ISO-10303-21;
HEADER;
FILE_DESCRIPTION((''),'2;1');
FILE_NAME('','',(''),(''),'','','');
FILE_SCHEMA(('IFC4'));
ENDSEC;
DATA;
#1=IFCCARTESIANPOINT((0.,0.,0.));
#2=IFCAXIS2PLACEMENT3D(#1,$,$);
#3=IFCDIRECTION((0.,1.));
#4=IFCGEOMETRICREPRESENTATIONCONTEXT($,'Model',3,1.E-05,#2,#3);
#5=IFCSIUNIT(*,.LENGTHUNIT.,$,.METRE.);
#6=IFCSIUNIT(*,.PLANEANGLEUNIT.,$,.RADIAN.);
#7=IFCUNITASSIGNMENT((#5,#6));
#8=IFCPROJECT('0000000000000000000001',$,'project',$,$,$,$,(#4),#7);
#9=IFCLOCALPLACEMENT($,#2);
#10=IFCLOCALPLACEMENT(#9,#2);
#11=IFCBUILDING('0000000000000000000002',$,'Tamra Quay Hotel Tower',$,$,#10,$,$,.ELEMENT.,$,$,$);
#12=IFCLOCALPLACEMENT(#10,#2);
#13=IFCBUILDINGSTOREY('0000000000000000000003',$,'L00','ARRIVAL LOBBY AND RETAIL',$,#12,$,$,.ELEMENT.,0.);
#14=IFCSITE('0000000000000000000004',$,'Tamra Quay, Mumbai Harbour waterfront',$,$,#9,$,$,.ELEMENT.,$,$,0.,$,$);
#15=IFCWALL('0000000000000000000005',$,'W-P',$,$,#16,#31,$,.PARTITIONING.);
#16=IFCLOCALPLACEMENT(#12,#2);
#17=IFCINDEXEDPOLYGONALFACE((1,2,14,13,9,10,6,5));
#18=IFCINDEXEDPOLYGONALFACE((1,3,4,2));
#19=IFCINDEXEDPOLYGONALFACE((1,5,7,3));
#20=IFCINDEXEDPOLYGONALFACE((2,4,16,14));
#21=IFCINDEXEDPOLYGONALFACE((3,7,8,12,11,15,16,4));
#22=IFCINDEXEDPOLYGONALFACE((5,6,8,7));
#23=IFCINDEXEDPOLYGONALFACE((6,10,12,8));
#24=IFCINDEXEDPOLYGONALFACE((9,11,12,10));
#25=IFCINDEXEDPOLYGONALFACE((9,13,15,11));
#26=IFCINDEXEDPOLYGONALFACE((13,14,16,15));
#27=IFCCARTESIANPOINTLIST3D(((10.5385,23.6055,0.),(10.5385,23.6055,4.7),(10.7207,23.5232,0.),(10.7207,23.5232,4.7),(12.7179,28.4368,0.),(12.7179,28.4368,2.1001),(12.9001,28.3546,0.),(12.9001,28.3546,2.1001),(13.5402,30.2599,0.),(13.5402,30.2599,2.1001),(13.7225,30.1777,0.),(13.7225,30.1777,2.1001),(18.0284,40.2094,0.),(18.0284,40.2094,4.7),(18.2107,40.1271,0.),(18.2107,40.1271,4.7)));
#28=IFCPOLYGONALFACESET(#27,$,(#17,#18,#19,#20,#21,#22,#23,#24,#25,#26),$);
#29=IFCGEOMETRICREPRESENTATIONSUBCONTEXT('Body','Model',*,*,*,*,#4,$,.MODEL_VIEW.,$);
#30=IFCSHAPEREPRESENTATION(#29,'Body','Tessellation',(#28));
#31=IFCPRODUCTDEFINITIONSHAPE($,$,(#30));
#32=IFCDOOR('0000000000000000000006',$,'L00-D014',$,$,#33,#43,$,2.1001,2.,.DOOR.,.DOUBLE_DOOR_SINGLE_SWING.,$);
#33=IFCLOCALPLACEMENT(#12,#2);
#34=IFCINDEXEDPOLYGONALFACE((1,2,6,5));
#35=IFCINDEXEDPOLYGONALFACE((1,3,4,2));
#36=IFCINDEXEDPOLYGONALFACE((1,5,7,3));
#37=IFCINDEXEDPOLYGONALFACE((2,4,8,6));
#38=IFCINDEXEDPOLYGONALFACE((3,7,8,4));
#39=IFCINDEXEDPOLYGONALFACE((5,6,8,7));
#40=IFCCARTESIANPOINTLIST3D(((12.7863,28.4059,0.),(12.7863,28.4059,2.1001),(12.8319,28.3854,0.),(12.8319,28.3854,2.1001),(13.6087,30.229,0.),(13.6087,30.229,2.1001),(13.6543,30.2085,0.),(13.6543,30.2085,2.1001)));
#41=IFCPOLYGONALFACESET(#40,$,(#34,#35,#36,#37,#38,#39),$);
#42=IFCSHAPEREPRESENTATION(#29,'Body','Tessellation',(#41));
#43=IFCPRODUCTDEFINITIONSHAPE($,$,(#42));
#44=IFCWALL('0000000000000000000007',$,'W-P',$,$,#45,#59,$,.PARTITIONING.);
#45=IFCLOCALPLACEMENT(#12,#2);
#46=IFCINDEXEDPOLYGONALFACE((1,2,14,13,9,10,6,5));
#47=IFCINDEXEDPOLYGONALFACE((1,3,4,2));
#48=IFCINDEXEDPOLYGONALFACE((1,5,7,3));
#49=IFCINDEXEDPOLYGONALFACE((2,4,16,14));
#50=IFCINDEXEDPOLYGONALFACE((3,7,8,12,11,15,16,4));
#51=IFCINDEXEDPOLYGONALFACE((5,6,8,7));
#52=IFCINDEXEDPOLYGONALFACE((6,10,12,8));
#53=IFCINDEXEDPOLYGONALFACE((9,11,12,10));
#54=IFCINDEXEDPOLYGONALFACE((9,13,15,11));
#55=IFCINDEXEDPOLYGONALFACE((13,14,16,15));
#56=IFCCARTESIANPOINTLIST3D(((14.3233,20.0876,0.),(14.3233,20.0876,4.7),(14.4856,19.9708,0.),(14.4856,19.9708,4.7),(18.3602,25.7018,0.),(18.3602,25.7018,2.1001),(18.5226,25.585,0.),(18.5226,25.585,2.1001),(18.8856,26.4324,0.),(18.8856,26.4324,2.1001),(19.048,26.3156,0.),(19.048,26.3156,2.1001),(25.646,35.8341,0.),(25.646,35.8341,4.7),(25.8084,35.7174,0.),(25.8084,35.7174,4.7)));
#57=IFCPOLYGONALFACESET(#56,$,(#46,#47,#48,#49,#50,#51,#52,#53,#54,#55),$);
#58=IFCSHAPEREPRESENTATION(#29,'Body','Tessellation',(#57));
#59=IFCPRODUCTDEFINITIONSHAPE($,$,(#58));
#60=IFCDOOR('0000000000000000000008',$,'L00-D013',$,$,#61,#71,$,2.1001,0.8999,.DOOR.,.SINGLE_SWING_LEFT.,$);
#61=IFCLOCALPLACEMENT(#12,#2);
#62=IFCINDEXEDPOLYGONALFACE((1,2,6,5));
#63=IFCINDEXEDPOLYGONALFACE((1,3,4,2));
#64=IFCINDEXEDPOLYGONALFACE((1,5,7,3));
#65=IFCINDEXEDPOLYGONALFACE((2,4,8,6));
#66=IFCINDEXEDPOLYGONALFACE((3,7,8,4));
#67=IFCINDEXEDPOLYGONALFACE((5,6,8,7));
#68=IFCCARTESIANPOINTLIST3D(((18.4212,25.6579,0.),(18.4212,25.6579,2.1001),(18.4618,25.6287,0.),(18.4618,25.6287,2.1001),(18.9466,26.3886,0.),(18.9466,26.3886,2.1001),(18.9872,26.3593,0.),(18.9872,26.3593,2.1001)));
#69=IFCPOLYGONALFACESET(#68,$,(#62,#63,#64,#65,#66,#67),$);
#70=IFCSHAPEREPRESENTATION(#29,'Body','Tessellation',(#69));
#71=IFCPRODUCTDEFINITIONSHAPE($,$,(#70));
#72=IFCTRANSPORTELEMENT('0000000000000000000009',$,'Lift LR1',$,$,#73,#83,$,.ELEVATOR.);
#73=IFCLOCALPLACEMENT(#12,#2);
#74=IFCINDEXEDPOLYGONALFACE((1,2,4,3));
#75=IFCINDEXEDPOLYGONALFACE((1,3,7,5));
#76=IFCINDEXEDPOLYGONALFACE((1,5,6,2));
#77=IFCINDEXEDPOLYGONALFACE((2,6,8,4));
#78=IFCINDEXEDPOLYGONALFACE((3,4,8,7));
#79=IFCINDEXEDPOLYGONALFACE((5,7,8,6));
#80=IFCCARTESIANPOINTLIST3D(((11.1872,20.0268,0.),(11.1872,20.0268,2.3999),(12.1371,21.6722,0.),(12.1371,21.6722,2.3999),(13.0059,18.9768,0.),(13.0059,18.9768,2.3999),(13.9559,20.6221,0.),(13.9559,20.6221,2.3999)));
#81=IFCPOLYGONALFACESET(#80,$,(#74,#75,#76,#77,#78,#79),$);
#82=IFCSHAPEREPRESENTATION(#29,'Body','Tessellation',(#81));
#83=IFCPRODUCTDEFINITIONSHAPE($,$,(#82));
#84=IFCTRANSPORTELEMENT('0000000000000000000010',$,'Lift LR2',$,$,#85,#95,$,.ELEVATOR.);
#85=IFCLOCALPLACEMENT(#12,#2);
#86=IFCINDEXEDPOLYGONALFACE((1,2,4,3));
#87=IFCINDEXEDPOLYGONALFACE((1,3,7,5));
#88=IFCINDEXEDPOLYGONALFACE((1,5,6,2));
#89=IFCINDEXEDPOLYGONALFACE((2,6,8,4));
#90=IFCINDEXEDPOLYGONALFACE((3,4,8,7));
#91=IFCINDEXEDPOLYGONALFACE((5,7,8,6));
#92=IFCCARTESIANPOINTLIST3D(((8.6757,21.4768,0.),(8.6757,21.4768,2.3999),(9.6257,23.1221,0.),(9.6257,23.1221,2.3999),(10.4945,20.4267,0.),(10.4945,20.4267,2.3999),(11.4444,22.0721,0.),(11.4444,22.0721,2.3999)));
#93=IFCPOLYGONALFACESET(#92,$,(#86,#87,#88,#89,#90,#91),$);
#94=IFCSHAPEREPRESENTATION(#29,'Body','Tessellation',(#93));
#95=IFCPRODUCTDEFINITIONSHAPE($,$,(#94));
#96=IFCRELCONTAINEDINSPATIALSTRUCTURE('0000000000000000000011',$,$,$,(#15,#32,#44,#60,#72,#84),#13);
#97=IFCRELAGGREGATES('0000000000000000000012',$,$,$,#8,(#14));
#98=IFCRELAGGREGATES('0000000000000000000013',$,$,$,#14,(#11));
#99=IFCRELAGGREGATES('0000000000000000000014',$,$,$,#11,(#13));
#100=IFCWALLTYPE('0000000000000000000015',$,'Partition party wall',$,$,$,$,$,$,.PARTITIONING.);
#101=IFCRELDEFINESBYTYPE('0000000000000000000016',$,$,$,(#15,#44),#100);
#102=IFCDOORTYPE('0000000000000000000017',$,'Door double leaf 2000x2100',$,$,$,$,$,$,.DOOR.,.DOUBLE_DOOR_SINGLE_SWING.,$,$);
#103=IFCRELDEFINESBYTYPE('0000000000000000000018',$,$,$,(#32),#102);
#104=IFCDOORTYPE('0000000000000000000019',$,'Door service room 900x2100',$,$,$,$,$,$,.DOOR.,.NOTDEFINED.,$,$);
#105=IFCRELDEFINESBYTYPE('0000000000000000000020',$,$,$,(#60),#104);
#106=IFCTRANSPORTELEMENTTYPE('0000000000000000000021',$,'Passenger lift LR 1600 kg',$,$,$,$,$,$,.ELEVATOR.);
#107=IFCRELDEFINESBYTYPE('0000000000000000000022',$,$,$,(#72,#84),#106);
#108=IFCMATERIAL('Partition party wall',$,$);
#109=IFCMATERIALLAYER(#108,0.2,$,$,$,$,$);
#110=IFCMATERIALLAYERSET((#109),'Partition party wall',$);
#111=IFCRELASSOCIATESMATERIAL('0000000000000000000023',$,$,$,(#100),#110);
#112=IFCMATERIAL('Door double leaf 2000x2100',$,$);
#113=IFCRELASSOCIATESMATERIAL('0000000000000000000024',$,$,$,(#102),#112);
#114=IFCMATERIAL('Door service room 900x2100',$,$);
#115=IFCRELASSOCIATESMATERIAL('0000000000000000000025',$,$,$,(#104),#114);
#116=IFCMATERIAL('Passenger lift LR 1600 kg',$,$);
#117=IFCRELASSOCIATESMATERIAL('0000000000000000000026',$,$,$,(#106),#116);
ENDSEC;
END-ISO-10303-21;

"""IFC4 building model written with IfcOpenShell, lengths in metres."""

from ifc_helpers import new_model, si_unit, direction, frame, frame_2d, origin, origin_2d, place, context, subcontext, project, spatial, rectangle, extrude, material, layer, layer_set, type_object, element, fill, save


model = new_model("IFC4")

# Units and contexts
model_context = context("Model", 3, precision=1e-05, world=origin(), true_north=direction((0.0, 1.0)))
body_context = subcontext(model_context, "Body", "Model", "MODEL_VIEW")
ifc_project = project(units=[si_unit("LENGTHUNIT", "METRE"), si_unit("PLANEANGLEUNIT", "RADIAN")], contexts=[model_context])

# Site, building, storey
site_placement = place(None, origin())
site = spatial("IfcSite", under=ifc_project, at=site_placement, Name="Tamra Quay, Mumbai Harbour waterfront", CompositionType="ELEMENT", RefElevation=0.0)
building_placement = place(site_placement, origin())
building = spatial("IfcBuilding", under=site, at=building_placement, Name="Tamra Quay Hotel Tower", CompositionType="ELEMENT")
storey_placement = place(building_placement, origin())
storey = spatial("IfcBuildingStorey", under=building, at=storey_placement, Name="L00", Description="ARRIVAL LOBBY AND RETAIL", CompositionType="ELEMENT", Elevation=0.0)

# Walls, openings, doors
ifc_material_1 = material(Name="Partition party wall")
ifc_layer_1 = layer(ifc_material_1, 0.2)
ifc_layer_set_1 = layer_set([ifc_layer_1], Name="Partition party wall")
wall_type_1 = type_object("IfcWallType", Name="Partition party wall", PredefinedType="PARTITIONING", material=ifc_layer_set_1)
wall_1_placement = place(storey_placement, frame((10.6296, 23.5645, 0.0), z_axis=(0.0, 0.0, 1.0), x_axis=(0.411195, 0.911547, 0.0)))
wall_1 = element("IfcWall", 1, at=wall_1_placement, inside=storey, type_object=wall_type_1, Name="W-P", PredefinedType="PARTITIONING", context=body_context, shape_type="SweptSolid", body=[
    extrude(rectangle(XDim=18.2151, YDim=0.2, at=frame_2d((9.1074, 0.0))), origin(), (0.0, 0.0, 1.0), 4.7),
])
opening_1_placement = place(wall_1_placement, frame((5.3, 0.0, 0.0)))
opening_1 = element("IfcOpeningElement", 2, at=opening_1_placement, cuts=wall_1, PredefinedType="OPENING", context=body_context, shape_type="SweptSolid", body=[
    extrude(rectangle(XDim=2.0, YDim=2.1001, at=frame_2d((1.0, 1.05))), frame((0.0, 0.1099, 0.0), z_axis=(0.0, -1.0, 0.0), x_axis=(1.0, 0.0, 0.0)), (0.0, 0.0, 1.0), 0.22),
])
ifc_material_2 = material(Name="Door double leaf 2000x2100")
door_type_1 = type_object("IfcDoorType", Name="Door double leaf 2000x2100", OperationType="DOUBLE_DOOR_SINGLE_SWING", PredefinedType="DOOR", material=ifc_material_2)
door_1_placement = place(opening_1_placement, origin())
door_1 = element("IfcDoor", 3, at=door_1_placement, inside=storey, type_object=door_type_1, Name="L00-D014", OperationType="DOUBLE_DOOR_SINGLE_SWING", OverallHeight=2.1001, OverallWidth=2.0, PredefinedType="DOOR", context=body_context, shape_type="SweptSolid", body=[
    extrude(rectangle(XDim=2.0, YDim=2.1001, at=frame_2d((1.0, 1.05))), frame((0.0, 0.0249, 0.0), z_axis=(0.0, -1.0, 0.0), x_axis=(1.0, 0.0, 0.0)), (0.0, 0.0, 1.0), 0.05),
])
fill(opening_1, door_1)
wall_2_placement = place(storey_placement, frame((14.4045, 20.0293, 0.0), z_axis=(0.0, 0.0, 1.0), x_axis=(0.583803, 0.811896, 0.0)))
wall_2 = element("IfcWall", 4, at=wall_2_placement, inside=storey, type_object=wall_type_1, Name="W-P", PredefinedType="PARTITIONING", context=body_context, shape_type="SweptSolid", body=[
    extrude(rectangle(XDim=19.3948, YDim=0.2, at=frame_2d((9.6973, 0.0))), origin(), (0.0, 0.0, 1.0), 4.7),
])
opening_2_placement = place(wall_2_placement, frame((6.9148, 0.0, 0.0)))
opening_2 = element("IfcOpeningElement", 5, at=opening_2_placement, cuts=wall_2, PredefinedType="OPENING", context=body_context, shape_type="SweptSolid", body=[
    extrude(rectangle(XDim=0.8999, YDim=2.1001, at=frame_2d((0.45, 1.05))), frame((0.0, 0.1099, 0.0), z_axis=(0.0, -1.0, 0.0), x_axis=(1.0, 0.0, 0.0)), (0.0, 0.0, 1.0), 0.22),
])
ifc_material_3 = material(Name="Door service room 900x2100")
door_type_2 = type_object("IfcDoorType", Name="Door service room 900x2100", OperationType="NOTDEFINED", PredefinedType="DOOR", material=ifc_material_3)
door_2_placement = place(opening_2_placement, origin())
door_2 = element("IfcDoor", 6, at=door_2_placement, inside=storey, type_object=door_type_2, Name="L00-D013", OperationType="SINGLE_SWING_LEFT", OverallHeight=2.1001, OverallWidth=0.8999, PredefinedType="DOOR", context=body_context, shape_type="SweptSolid", body=[
    extrude(rectangle(XDim=0.8999, YDim=2.1001, at=frame_2d((0.45, 1.05))), frame((0.0, 0.0249, 0.0), z_axis=(0.0, -1.0, 0.0), x_axis=(1.0, 0.0, 0.0)), (0.0, 0.0, 1.0), 0.05),
])
fill(opening_2, door_2)

# Transport elements
ifc_material_4 = material(Name="Passenger lift LR 1600 kg")
transport_element_type = type_object("IfcTransportElementType", Name="Passenger lift LR 1600 kg", PredefinedType="ELEVATOR", material=ifc_material_4)
for number, where, z_axis, x_axis, name in (
    (7, (12.5715, 20.3245, 0.0), (0.0, 0.0, 1.0), (0.866025, -0.5, 0.0), "Lift LR1"),
    (8, (10.0601, 21.7744, 0.0), (0.0, 0.0, 1.0), (0.866025, -0.5, 0.0), "Lift LR2"),
):
    element("IfcTransportElement", number, at=place(storey_placement, frame(where, z_axis=z_axis, x_axis=x_axis)), inside=storey, type_object=transport_element_type, Name=name, PredefinedType="ELEVATOR", context=body_context, shape_type="SweptSolid", body=[
        extrude(rectangle(XDim=2.1001, YDim=1.8999, at=origin_2d()), origin(), (0.0, 0.0, 1.0), 2.3999),
    ])

save(model, "model.ifc")
